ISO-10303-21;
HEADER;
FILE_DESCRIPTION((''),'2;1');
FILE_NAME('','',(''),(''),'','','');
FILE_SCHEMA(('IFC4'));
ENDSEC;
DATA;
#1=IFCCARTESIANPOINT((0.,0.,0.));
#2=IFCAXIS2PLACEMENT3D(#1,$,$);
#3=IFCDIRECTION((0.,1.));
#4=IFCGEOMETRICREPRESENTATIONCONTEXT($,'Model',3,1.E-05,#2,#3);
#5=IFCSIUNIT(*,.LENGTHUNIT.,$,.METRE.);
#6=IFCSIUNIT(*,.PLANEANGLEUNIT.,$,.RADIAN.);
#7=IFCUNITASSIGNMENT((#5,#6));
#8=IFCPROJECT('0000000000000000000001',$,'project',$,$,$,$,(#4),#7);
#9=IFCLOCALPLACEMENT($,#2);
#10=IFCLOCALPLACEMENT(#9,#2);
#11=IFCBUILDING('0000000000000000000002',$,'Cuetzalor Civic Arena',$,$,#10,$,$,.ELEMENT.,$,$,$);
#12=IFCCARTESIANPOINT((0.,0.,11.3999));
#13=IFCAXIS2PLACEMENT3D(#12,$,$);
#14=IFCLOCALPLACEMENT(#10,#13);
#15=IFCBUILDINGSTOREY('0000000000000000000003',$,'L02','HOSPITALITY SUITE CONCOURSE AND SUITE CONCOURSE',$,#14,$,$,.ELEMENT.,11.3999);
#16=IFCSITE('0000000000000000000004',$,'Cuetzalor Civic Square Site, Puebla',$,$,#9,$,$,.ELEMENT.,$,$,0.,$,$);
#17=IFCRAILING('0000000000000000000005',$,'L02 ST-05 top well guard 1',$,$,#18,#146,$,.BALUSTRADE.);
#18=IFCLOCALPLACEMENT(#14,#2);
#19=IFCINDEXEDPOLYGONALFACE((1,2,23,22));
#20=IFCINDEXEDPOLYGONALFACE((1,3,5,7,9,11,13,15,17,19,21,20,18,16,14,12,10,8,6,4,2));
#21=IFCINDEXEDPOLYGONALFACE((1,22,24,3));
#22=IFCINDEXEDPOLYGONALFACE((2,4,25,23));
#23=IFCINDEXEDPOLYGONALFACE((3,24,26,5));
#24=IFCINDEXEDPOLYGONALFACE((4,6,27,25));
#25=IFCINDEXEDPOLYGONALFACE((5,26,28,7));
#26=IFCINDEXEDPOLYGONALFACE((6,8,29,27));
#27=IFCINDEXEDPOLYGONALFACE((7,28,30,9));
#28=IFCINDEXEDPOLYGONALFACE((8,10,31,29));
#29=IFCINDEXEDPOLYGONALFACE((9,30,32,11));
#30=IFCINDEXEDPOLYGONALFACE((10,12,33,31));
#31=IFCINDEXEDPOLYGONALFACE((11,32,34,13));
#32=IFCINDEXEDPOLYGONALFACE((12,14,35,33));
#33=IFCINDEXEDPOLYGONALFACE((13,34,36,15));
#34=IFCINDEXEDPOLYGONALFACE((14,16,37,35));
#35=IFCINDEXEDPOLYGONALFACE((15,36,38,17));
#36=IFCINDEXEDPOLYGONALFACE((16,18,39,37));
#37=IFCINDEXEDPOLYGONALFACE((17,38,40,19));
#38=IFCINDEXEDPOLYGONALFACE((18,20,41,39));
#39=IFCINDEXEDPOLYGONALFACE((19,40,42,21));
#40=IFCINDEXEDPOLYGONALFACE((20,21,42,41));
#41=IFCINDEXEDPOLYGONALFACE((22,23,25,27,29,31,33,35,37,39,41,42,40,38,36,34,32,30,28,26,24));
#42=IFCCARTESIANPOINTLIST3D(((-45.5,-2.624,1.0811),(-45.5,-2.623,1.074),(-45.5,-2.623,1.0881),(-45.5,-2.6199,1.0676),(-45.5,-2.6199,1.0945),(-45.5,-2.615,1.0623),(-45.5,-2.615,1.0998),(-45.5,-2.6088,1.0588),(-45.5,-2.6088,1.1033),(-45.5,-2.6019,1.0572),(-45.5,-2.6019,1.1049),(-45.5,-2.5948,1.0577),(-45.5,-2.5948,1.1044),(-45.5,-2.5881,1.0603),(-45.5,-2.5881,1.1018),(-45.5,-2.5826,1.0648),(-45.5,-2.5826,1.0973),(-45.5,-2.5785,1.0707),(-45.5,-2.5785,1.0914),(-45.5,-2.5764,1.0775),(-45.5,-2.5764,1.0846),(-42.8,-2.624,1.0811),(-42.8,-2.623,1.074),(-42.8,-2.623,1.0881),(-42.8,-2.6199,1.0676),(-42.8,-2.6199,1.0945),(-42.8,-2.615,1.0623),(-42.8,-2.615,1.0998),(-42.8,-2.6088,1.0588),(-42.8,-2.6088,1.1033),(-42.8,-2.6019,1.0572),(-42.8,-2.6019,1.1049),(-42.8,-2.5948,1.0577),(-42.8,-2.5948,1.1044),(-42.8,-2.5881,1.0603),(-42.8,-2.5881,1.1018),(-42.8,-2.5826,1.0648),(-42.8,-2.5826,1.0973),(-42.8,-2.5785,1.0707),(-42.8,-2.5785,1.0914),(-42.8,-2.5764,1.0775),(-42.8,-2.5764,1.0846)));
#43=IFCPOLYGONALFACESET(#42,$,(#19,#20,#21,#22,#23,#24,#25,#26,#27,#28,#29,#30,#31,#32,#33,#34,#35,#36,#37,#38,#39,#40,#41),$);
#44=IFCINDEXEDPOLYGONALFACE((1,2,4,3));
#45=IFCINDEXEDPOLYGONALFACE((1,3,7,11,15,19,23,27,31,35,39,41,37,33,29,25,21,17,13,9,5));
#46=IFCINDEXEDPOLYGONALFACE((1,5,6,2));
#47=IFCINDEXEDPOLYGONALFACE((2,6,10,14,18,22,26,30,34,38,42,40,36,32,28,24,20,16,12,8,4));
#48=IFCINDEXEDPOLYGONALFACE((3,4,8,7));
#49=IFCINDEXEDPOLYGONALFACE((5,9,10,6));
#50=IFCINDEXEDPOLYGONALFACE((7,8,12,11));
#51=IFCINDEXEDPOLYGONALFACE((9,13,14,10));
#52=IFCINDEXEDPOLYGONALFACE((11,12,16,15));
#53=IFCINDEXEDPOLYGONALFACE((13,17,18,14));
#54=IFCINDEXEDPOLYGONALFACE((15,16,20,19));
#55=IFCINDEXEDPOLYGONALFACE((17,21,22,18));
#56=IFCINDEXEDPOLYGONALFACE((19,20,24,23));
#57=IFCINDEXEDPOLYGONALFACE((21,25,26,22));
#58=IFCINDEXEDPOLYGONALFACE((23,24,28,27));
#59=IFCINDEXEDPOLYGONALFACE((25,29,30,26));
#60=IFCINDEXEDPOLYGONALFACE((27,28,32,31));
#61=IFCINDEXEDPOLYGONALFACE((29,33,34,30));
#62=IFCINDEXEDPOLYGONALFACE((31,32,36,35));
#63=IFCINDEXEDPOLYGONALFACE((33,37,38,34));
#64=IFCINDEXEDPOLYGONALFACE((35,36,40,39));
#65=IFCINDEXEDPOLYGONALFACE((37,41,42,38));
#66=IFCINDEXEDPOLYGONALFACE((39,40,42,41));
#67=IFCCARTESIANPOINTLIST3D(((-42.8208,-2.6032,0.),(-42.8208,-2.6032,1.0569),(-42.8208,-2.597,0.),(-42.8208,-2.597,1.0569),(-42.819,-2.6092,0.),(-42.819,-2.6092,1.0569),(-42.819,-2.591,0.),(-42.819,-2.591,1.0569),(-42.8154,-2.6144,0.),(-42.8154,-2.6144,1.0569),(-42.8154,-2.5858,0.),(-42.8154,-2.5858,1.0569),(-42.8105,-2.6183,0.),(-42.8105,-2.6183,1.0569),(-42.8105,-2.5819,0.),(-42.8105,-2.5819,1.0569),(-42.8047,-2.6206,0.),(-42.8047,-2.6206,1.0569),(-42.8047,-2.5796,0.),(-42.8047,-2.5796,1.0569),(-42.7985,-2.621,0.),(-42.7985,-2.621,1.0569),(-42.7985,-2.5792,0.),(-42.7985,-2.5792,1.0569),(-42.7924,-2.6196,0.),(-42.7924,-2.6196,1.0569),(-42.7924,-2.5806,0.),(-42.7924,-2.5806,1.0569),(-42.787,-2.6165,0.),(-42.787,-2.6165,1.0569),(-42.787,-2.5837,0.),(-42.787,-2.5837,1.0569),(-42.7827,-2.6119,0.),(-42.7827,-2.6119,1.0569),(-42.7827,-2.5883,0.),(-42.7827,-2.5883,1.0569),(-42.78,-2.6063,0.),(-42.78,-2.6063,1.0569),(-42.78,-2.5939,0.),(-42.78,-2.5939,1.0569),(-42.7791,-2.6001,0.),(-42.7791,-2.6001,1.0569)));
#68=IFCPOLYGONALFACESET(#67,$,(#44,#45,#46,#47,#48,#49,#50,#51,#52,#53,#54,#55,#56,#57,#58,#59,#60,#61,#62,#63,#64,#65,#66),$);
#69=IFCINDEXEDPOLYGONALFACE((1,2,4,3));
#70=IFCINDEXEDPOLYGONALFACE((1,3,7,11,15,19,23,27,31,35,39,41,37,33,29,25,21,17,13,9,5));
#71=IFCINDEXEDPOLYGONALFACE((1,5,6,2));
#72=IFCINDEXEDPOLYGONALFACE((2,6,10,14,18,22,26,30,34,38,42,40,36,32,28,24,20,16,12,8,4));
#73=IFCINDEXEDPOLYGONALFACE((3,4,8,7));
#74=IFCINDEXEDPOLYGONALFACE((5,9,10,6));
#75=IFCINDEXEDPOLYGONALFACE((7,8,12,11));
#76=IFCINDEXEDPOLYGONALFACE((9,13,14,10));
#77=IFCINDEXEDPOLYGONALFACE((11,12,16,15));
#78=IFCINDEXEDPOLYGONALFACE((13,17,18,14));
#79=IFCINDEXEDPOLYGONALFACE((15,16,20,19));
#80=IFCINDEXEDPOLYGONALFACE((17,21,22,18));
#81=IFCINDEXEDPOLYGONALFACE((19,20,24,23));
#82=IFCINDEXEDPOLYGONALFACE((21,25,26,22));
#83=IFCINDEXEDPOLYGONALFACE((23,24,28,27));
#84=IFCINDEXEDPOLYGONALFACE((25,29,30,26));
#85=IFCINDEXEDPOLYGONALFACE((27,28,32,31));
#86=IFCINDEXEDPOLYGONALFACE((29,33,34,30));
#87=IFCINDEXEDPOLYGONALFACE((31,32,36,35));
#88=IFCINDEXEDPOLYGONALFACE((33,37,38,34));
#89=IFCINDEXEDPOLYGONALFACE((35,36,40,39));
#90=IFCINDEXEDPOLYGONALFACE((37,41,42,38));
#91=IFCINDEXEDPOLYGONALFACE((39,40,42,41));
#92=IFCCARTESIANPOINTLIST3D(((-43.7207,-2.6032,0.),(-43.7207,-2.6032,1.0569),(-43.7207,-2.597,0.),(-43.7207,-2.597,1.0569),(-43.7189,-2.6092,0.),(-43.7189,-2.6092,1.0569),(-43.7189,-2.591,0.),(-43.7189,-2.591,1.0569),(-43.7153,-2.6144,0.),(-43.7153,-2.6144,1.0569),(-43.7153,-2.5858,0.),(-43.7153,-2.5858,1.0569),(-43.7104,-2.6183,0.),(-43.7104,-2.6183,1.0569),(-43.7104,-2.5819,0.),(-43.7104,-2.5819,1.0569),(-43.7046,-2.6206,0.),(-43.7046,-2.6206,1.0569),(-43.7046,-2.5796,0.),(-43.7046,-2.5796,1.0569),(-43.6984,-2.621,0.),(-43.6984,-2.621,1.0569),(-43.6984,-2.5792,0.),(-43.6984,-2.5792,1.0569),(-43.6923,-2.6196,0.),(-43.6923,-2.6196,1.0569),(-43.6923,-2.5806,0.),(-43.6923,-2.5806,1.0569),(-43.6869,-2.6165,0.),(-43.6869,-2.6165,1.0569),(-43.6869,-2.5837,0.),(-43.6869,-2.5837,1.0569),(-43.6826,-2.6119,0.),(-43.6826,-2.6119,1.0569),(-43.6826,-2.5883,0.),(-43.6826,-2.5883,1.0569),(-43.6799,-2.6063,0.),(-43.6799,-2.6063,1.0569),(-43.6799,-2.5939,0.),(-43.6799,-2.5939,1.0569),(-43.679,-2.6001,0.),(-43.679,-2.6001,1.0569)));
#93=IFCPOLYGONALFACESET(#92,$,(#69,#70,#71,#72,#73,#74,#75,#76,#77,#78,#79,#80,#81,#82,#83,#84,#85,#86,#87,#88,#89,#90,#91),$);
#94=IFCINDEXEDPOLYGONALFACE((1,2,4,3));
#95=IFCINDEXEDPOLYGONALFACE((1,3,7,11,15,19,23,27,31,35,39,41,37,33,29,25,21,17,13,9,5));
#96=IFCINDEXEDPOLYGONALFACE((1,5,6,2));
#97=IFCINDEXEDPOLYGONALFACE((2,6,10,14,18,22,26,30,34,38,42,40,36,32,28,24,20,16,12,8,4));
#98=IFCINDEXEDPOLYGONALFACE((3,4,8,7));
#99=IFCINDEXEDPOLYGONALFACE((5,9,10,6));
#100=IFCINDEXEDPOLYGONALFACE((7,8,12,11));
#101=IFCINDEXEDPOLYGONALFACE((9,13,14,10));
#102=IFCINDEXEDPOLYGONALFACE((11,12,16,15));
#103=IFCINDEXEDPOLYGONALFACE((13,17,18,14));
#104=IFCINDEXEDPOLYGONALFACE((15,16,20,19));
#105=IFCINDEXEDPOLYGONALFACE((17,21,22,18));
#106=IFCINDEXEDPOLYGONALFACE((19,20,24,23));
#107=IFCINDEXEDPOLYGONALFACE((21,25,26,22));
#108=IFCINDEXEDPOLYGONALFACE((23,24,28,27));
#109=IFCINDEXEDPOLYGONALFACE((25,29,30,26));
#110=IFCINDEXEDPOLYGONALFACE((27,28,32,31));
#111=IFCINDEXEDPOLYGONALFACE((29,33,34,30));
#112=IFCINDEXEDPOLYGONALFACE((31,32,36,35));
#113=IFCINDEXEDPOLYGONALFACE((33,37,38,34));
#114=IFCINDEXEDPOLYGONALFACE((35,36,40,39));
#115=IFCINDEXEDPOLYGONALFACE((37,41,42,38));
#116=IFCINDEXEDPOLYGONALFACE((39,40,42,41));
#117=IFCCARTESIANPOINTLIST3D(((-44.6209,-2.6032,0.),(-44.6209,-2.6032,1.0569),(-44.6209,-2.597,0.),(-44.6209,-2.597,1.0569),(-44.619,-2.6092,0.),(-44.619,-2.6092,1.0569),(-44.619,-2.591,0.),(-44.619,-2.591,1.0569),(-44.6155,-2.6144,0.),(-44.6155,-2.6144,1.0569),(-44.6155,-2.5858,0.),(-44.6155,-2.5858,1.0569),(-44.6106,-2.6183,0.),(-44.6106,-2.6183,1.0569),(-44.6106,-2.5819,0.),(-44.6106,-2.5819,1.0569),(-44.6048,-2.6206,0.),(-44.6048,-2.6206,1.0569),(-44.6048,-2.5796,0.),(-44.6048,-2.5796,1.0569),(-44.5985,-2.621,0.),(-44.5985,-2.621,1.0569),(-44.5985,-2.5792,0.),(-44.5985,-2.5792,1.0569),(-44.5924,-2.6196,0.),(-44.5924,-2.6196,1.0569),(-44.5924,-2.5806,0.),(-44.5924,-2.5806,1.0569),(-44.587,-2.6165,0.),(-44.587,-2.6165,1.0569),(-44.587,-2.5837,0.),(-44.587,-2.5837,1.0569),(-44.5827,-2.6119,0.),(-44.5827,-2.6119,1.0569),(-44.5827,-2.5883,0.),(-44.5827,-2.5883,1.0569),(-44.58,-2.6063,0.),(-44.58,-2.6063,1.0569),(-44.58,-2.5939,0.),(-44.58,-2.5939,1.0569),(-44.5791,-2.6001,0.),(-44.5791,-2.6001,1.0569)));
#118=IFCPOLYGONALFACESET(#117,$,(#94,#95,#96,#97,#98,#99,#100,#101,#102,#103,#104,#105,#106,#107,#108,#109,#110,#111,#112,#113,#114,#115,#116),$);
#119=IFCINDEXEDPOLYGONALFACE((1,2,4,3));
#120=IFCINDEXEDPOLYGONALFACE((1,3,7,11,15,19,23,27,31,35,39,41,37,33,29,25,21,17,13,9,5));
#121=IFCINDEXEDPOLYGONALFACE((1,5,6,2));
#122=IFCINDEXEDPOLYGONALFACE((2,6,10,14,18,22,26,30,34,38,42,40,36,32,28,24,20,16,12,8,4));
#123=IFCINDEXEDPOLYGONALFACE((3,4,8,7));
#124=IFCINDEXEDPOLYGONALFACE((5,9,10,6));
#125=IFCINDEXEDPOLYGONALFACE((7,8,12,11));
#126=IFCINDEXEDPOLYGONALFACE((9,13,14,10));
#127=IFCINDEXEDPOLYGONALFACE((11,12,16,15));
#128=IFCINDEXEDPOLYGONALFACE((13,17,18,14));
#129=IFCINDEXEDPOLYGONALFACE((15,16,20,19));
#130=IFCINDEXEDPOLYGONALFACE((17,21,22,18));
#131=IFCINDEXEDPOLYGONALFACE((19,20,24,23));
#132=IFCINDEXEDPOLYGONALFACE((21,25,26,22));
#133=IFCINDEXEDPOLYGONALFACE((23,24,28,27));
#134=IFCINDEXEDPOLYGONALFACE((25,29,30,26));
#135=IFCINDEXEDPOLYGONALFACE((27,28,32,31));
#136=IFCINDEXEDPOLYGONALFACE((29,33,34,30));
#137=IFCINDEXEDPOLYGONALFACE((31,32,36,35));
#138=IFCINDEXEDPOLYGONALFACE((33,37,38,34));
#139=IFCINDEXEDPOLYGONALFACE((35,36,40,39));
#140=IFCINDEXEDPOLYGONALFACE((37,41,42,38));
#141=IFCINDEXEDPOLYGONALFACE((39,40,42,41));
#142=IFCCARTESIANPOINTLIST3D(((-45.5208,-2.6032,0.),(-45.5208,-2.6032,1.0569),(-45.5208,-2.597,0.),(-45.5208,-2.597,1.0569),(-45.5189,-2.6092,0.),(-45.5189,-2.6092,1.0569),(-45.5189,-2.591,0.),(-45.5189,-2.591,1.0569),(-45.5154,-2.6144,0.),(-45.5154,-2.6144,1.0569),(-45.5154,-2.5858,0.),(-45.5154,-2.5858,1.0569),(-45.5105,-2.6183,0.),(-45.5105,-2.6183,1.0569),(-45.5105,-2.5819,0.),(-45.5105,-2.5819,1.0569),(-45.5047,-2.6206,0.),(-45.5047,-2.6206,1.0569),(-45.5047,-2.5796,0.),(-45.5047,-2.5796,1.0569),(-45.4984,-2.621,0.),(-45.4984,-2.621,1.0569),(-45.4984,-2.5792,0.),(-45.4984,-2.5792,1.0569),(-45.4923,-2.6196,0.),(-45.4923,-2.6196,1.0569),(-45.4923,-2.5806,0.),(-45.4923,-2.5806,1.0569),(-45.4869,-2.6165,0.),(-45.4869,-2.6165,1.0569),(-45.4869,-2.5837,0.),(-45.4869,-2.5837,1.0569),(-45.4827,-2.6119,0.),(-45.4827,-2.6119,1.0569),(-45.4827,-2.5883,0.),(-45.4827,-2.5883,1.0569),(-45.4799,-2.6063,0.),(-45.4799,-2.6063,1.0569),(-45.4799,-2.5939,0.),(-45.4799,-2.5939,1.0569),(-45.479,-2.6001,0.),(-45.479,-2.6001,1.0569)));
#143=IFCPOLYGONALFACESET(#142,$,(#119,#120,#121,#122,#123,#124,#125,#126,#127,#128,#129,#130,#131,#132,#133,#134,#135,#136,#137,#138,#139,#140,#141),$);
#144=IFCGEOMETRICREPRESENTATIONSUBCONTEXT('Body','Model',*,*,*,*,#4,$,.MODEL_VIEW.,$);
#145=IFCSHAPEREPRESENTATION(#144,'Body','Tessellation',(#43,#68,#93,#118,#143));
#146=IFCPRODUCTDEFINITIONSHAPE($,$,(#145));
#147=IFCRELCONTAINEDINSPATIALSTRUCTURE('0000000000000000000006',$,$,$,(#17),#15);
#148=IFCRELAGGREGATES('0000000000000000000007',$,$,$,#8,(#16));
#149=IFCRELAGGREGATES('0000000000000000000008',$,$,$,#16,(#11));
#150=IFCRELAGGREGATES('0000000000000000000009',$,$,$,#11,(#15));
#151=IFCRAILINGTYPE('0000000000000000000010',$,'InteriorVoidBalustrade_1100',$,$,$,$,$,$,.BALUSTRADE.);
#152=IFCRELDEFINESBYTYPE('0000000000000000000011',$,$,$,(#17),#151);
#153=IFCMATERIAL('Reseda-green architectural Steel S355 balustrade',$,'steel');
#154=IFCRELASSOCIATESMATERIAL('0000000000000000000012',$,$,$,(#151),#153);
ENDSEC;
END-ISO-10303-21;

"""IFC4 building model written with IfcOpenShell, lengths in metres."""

from ifc_helpers import new_model, si_unit, direction, frame, origin, origin_2d, place, context, subcontext, project, spatial, circle, extrude, material, type_object, element, save


model = new_model("IFC4")

# Units and contexts
model_context = context("Model", 3, precision=1e-05, world=origin(), true_north=direction((0.0, 1.0)))
body_context = subcontext(model_context, "Body", "Model", "MODEL_VIEW")
ifc_project = project(units=[si_unit("LENGTHUNIT", "METRE"), si_unit("PLANEANGLEUNIT", "RADIAN")], contexts=[model_context])

# Site, building, storey
site_placement = place(None, origin())
site = spatial("IfcSite", under=ifc_project, at=site_placement, Name="Cuetzalor Civic Square Site, Puebla", CompositionType="ELEMENT", RefElevation=0.0)
building_placement = place(site_placement, origin())
building = spatial("IfcBuilding", under=site, at=building_placement, Name="Cuetzalor Civic Arena", CompositionType="ELEMENT")
storey_placement = place(building_placement, frame((0.0, 0.0, 11.3999)))
storey = spatial("IfcBuildingStorey", under=building, at=storey_placement, Name="L02", Description="HOSPITALITY SUITE CONCOURSE AND SUITE CONCOURSE", CompositionType="ELEMENT", Elevation=11.3999)

# Railing
ifc_material_1 = material(Name="Reseda-green architectural Steel S355 balustrade", Category="steel")
railing_type_1 = type_object("IfcRailingType", Name="InteriorVoidBalustrade_1100", PredefinedType="BALUSTRADE", material=ifc_material_1)
railing_1_placement = place(storey_placement, frame((-42.8, -2.6001, 0.0)))
element("IfcRailing", 1, at=railing_1_placement, inside=storey, type_object=railing_type_1, Name="L02 ST-05 top well guard 1", PredefinedType="BALUSTRADE", context=body_context, shape_type="SweptSolid", body=[
    extrude(circle(Radius=0.0239, at=origin_2d()), frame((0.0, 0.0, 1.0811), z_axis=(-1.0, 0.0, 0.0), x_axis=(0.0, -1.0, 0.0)), (0.0, 0.0, 1.0), 2.7),
    extrude(circle(Radius=0.021, at=origin_2d()), origin(), (0.0, 0.0, 1.0), 1.0569),
    extrude(circle(Radius=0.021, at=origin_2d()), frame((-0.8999, 0.0, 0.0)), (0.0, 0.0, 1.0), 1.0569),
    extrude(circle(Radius=0.021, at=origin_2d()), frame((-1.8, 0.0, 0.0)), (0.0, 0.0, 1.0), 1.0569),
    extrude(circle(Radius=0.021, at=origin_2d()), frame((-2.7, 0.0, 0.0)), (0.0, 0.0, 1.0), 1.0569),
])

save(model, "model.ifc")
